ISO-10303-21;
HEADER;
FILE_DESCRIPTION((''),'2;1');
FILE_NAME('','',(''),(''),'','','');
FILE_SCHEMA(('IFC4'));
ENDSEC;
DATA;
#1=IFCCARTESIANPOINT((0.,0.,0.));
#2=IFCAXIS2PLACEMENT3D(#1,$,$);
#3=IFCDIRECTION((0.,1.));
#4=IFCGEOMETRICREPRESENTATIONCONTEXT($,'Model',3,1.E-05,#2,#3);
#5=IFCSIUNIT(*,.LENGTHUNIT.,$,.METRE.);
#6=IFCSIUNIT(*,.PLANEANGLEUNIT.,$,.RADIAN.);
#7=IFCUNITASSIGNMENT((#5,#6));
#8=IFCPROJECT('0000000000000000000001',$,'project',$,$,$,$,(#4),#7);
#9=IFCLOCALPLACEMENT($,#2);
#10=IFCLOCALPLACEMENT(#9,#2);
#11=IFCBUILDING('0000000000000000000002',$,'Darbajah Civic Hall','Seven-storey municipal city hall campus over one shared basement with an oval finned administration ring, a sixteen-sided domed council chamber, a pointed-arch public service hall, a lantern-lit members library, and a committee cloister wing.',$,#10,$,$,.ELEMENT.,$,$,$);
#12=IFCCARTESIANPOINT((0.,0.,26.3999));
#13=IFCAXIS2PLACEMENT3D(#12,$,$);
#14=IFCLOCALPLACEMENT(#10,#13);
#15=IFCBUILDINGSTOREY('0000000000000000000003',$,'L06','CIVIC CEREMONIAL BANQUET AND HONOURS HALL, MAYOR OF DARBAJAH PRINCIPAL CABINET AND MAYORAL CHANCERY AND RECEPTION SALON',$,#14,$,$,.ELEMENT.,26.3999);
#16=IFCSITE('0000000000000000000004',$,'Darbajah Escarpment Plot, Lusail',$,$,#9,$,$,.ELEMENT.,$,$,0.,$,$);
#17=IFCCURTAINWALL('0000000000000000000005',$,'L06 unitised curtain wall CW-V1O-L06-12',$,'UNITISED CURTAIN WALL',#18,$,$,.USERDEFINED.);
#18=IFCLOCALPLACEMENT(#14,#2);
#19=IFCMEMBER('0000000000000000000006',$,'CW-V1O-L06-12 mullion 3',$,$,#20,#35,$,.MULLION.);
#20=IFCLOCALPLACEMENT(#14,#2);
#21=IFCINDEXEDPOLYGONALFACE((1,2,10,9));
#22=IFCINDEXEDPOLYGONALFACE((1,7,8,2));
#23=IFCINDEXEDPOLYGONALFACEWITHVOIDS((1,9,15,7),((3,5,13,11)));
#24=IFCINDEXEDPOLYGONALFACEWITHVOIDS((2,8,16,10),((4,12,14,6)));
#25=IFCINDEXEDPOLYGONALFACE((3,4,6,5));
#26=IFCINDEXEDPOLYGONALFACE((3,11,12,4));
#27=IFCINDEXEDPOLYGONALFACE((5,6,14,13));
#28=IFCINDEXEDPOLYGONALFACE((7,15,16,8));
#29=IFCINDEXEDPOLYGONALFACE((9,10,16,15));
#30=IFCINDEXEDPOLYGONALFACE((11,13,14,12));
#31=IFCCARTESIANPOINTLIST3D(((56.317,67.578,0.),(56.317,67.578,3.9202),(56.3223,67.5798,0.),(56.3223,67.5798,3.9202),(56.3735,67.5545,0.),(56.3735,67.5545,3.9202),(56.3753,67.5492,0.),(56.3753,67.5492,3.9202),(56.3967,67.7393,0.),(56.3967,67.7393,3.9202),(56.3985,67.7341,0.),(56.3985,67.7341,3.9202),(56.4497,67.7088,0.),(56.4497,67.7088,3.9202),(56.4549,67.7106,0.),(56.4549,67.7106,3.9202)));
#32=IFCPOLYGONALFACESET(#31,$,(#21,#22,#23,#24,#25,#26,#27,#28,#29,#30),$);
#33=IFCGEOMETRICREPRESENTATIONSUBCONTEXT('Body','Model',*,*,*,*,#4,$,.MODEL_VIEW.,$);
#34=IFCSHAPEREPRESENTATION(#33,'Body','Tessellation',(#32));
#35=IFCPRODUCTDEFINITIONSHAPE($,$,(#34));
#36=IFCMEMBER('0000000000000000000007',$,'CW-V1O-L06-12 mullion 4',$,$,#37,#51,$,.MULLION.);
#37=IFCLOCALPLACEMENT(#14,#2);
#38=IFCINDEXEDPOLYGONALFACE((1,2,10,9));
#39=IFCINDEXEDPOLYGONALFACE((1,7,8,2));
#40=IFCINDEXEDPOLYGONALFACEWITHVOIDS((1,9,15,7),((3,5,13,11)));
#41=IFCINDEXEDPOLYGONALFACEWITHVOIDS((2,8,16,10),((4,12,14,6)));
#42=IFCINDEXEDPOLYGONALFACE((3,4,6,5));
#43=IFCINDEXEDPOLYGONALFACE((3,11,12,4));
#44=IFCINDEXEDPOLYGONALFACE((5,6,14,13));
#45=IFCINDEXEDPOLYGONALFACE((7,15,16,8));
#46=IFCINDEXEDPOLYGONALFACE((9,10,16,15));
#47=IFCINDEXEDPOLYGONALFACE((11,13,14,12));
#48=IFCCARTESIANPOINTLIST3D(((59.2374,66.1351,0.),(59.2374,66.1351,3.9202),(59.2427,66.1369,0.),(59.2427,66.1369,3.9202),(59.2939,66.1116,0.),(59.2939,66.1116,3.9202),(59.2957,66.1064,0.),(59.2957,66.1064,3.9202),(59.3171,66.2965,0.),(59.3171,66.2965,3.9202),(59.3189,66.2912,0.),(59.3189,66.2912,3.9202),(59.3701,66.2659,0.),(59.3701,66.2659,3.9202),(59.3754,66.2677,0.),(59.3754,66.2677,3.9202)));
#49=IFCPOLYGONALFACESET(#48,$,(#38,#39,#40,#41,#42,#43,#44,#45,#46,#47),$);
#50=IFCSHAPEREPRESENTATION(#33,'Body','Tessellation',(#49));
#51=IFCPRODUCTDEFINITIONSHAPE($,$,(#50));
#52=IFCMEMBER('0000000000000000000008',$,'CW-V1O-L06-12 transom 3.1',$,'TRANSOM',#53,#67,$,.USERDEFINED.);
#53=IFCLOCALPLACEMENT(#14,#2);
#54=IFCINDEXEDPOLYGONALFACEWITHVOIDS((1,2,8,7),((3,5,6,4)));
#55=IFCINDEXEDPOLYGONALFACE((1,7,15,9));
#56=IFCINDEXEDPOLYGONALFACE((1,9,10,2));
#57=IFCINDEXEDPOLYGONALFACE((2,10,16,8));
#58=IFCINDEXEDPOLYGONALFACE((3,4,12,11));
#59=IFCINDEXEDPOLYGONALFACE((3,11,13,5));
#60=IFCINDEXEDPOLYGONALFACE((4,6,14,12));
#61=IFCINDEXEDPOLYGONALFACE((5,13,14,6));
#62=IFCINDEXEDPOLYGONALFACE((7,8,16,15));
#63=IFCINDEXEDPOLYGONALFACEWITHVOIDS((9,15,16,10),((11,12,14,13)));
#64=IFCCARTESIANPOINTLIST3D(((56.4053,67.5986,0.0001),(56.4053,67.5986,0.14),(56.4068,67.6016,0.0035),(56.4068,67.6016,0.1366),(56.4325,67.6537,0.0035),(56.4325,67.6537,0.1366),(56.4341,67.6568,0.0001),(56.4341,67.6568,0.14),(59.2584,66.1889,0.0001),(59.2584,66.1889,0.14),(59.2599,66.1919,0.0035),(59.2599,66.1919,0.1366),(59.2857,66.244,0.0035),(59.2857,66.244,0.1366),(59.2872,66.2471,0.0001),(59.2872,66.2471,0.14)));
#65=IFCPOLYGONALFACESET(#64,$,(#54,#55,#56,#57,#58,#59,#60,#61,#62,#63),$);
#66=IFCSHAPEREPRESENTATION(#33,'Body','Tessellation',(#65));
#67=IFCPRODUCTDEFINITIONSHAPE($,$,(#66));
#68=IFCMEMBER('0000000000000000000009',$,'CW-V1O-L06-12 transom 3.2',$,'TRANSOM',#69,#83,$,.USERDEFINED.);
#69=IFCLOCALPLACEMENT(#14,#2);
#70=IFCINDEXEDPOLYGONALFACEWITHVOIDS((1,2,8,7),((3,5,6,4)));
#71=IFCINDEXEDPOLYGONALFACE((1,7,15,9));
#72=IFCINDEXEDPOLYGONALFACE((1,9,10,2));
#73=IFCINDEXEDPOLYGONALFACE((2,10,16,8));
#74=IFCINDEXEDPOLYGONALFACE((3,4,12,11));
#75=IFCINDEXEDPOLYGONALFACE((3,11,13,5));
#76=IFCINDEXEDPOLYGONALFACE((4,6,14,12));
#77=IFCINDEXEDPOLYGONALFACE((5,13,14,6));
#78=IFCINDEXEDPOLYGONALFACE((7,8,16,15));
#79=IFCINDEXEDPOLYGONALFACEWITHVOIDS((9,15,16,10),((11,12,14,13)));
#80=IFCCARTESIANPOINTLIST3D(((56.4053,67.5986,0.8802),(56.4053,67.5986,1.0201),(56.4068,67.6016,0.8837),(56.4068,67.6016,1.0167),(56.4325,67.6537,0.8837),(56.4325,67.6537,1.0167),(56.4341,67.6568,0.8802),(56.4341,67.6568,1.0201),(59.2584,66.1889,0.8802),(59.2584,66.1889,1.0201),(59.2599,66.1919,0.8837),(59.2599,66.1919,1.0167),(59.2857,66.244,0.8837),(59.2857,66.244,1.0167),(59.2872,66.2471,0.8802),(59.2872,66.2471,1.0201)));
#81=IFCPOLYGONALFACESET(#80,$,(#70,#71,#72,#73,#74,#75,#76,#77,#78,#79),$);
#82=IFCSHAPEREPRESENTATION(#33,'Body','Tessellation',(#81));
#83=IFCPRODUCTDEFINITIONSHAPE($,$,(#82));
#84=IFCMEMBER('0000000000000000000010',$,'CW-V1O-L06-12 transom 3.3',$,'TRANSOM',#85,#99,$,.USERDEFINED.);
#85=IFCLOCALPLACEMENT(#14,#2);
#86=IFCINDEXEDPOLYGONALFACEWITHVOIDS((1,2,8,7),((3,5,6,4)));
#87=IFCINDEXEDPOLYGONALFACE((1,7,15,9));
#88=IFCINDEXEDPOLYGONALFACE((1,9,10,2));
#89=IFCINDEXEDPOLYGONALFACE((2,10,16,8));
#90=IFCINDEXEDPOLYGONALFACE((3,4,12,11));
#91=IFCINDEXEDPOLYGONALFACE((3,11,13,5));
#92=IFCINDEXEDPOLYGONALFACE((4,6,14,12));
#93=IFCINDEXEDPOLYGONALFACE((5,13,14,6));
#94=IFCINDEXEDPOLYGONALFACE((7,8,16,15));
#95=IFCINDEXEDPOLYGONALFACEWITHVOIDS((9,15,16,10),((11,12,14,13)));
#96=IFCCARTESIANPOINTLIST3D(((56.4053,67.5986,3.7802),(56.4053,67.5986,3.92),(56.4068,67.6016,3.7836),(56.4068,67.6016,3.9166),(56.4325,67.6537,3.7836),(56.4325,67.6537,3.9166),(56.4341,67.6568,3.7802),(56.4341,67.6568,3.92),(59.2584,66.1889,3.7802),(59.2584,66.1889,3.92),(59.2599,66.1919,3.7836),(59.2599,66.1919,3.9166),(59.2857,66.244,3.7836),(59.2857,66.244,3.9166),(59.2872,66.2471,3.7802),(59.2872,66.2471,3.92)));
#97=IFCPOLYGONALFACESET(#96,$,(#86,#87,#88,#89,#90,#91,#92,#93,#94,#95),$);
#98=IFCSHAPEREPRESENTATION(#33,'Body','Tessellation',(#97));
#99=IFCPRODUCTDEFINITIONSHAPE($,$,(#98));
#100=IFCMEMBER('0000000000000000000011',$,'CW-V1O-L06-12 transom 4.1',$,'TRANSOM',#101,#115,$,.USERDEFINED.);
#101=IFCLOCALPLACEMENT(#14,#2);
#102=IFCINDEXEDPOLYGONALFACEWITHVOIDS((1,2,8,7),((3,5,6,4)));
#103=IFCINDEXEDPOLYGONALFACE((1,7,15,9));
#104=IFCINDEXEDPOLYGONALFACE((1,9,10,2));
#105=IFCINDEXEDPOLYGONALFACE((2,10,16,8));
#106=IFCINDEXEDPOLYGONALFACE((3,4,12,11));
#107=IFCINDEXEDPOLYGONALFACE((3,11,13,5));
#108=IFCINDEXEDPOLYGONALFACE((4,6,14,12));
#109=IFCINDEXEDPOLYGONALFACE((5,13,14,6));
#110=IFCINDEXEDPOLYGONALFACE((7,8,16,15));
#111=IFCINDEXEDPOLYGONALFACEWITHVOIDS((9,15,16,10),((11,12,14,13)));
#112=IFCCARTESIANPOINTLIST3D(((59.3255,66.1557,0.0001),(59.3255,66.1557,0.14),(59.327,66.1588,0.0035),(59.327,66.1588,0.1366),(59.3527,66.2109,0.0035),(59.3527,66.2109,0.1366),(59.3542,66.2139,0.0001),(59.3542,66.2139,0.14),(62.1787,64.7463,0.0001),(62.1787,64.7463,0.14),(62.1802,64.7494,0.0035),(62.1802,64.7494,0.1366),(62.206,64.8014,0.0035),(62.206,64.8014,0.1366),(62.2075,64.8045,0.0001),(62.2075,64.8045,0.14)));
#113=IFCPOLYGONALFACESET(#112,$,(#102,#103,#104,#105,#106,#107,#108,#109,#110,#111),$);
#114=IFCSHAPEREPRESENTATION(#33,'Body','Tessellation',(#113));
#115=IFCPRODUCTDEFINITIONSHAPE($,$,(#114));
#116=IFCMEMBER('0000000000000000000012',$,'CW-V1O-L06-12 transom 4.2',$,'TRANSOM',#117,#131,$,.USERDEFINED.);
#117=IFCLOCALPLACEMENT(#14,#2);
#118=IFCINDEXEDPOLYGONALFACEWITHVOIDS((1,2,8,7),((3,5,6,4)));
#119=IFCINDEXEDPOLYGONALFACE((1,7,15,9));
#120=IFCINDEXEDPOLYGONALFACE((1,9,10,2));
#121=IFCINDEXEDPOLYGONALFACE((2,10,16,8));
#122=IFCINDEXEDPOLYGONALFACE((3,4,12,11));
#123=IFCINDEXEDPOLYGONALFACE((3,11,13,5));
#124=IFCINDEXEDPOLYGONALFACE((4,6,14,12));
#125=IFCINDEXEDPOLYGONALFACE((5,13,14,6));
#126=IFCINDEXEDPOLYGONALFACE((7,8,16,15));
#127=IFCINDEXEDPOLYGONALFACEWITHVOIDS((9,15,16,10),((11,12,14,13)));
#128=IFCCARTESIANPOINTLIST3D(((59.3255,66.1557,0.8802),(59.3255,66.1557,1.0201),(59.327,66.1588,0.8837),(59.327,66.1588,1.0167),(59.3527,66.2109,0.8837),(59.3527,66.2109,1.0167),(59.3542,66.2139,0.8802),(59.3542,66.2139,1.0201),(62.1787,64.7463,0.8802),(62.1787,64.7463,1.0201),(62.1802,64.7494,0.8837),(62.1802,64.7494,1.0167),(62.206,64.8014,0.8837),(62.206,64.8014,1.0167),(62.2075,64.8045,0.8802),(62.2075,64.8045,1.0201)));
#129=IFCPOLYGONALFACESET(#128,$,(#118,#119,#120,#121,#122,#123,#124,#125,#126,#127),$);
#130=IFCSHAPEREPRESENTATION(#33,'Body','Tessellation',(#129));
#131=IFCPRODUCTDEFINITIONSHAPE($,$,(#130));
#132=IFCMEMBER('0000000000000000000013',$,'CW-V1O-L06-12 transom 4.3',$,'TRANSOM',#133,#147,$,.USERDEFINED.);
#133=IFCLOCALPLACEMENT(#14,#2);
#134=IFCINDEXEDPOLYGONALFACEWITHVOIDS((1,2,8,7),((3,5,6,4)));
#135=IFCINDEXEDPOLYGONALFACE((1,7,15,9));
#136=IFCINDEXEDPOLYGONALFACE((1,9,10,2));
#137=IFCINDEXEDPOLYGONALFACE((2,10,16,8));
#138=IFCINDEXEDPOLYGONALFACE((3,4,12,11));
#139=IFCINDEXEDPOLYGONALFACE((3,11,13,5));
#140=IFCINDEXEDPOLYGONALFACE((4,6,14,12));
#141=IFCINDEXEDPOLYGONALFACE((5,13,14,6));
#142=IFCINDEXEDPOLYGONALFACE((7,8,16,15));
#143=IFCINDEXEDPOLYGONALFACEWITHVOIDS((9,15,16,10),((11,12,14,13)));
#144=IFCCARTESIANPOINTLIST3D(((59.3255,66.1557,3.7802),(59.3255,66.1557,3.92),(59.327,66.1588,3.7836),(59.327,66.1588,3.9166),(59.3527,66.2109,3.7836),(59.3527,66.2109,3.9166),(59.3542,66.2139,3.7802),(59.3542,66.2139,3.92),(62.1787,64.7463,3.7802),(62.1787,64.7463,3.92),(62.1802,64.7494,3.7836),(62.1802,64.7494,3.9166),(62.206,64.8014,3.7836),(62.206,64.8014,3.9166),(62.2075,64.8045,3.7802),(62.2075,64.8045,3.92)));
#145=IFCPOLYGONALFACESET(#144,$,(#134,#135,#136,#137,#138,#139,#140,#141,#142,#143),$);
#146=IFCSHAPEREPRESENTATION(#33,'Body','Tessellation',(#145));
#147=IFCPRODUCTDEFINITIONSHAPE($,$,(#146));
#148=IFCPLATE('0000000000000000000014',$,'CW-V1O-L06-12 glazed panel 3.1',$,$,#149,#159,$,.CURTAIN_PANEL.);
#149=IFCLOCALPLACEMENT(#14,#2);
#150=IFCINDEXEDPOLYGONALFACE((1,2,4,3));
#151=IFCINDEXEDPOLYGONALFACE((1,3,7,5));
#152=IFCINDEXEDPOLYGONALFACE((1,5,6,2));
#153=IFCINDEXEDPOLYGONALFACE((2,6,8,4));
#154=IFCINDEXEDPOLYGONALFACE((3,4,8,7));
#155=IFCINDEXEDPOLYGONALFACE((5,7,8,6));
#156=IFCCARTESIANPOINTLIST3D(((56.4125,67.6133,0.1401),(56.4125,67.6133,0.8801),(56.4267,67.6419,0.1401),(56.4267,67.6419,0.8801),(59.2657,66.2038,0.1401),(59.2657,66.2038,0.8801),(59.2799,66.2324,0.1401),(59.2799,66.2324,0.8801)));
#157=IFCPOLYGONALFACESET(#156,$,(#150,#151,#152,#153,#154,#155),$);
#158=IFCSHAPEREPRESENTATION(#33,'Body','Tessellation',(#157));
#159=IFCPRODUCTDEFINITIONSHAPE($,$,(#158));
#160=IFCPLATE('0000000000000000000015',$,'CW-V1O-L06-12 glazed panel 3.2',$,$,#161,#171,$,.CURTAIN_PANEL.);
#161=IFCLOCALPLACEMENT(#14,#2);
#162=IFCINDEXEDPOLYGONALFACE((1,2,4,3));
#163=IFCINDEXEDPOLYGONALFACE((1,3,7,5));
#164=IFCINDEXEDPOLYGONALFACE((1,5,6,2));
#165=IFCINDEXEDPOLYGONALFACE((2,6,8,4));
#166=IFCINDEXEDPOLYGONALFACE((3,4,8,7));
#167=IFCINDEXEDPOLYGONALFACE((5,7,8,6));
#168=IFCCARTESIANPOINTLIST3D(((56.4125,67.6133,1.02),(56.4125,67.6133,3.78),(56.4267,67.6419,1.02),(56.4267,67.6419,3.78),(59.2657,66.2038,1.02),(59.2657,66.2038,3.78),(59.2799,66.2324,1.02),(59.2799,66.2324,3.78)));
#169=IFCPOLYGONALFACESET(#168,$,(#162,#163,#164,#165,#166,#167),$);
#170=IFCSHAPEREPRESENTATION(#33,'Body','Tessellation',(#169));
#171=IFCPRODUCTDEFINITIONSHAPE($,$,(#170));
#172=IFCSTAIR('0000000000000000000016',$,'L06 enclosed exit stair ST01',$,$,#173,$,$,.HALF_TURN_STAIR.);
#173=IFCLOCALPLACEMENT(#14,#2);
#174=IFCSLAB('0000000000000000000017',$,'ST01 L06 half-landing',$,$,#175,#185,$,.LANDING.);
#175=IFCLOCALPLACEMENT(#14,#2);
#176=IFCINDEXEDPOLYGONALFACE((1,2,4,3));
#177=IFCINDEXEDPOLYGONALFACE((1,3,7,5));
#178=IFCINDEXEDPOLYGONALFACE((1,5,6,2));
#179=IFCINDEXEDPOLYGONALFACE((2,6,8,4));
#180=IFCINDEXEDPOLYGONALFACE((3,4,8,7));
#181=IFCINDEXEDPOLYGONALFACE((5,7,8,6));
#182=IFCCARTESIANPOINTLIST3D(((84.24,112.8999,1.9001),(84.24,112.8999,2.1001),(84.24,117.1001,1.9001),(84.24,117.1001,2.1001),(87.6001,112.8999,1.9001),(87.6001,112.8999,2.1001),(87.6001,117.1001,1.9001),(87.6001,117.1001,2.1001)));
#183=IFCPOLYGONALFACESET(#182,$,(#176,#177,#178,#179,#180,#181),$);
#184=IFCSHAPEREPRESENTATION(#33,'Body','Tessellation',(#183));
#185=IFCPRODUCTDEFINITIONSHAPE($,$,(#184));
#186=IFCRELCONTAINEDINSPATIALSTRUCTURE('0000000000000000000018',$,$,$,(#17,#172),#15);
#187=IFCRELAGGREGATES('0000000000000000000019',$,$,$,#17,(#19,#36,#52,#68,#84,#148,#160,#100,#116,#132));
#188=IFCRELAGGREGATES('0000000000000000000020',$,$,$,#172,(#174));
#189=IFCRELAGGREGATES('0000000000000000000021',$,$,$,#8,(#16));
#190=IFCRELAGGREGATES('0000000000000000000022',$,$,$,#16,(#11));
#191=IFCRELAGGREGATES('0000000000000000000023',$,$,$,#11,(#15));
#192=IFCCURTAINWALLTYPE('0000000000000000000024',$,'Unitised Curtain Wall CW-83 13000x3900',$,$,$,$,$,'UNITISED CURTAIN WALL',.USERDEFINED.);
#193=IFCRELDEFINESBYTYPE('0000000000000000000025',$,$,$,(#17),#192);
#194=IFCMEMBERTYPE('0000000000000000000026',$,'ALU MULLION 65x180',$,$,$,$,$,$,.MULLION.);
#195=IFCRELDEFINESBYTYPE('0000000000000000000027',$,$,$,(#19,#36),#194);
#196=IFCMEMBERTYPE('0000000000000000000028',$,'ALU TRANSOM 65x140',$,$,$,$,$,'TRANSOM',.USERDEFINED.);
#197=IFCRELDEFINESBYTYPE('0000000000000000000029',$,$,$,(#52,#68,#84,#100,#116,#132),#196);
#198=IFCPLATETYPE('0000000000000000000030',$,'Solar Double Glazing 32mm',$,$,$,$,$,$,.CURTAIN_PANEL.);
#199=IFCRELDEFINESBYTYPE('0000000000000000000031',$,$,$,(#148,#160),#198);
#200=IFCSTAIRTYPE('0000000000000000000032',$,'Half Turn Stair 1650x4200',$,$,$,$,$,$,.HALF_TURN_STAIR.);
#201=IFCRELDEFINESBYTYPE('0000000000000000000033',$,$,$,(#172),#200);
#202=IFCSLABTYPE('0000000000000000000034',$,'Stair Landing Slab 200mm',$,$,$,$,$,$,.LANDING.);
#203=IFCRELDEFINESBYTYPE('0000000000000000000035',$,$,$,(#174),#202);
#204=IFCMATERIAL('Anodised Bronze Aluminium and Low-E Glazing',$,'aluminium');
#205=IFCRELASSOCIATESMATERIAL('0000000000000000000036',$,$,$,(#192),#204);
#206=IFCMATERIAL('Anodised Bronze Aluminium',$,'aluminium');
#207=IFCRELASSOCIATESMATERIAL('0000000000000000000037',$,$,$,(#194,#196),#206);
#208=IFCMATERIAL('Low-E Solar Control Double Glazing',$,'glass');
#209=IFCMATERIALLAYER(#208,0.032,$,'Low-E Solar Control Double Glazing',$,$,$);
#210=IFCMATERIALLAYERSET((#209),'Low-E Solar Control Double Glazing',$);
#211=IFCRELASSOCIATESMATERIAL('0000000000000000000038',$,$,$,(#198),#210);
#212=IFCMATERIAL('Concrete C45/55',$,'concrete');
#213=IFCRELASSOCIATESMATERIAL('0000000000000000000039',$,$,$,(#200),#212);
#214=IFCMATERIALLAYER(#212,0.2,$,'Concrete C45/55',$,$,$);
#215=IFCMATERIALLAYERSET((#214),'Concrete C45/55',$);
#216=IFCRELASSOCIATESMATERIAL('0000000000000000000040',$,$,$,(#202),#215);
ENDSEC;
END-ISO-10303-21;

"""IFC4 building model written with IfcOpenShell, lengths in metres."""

from ifc_helpers import new_model, si_unit, direction, frame, origin, origin_2d, place, context, subcontext, project, spatial, polyline, rectangle, hollow_rectangle, outline, extrude, material, layer, layer_set, material_profile, profile_set, type_object, element, aggregate, save


model = new_model("IFC4")

# Units and contexts
model_context = context("Model", 3, precision=1e-05, world=origin(), true_north=direction((0.0, 1.0)))
body_context = subcontext(model_context, "Body", "Model", "MODEL_VIEW")
ifc_project = project(units=[si_unit("LENGTHUNIT", "METRE"), si_unit("PLANEANGLEUNIT", "RADIAN")], contexts=[model_context])

# Site, building, storey
site_placement = place(None, origin())
site = spatial("IfcSite", under=ifc_project, at=site_placement, Name="Darbajah Escarpment Plot, Lusail", CompositionType="ELEMENT", RefElevation=0.0)
building_placement = place(site_placement, origin())
building = spatial("IfcBuilding", under=site, at=building_placement, Name="Darbajah Civic Hall", Description="Seven-storey municipal city hall campus over one shared basement with an oval finned administration ring, a sixteen-sided domed council chamber, a pointed-arch public service hall, a lantern-lit members library, and a committee cloister wing.", CompositionType="ELEMENT")
storey_placement = place(building_placement, frame((0.0, 0.0, 26.3999)))
storey = spatial("IfcBuildingStorey", under=building, at=storey_placement, Name="L06", Description="CIVIC CEREMONIAL BANQUET AND HONOURS HALL, MAYOR OF DARBAJAH PRINCIPAL CABINET AND MAYORAL CHANCERY AND RECEPTION SALON", CompositionType="ELEMENT", Elevation=26.3999)

# Curtain wall, members, plates
ifc_material_1 = material(Name="Anodised Bronze Aluminium and Low-E Glazing", Category="aluminium")
curtain_wall_type = type_object("IfcCurtainWallType", Name="Unitised Curtain Wall CW-83 13000x3900", ElementType="UNITISED CURTAIN WALL", PredefinedType="USERDEFINED", material=ifc_material_1)
curtain_wall_placement = place(storey_placement, origin())
curtain_wall = element("IfcCurtainWall", 1, at=curtain_wall_placement, inside=storey, type_object=curtain_wall_type, Name="L06 unitised curtain wall CW-V1O-L06-12", ObjectType="UNITISED CURTAIN WALL", PredefinedType="USERDEFINED")
ifc_material_2 = material(Name="Anodised Bronze Aluminium", Category="aluminium")
ifc_material_profile_1 = material_profile(ifc_material_2, hollow_rectangle(XDim=0.0649, YDim=0.1799, WallThickness=0.0039, at=origin_2d()), Name="ALU MULLION 65x180")
ifc_profile_set_1 = profile_set([ifc_material_profile_1], Name="Anodised Bronze Aluminium")
member_type_1 = type_object("IfcMemberType", Name="ALU MULLION 65x180", PredefinedType="MULLION", material=ifc_profile_set_1)
member_1_placement = place(storey_placement, frame((56.386, 67.6443, 0.0), z_axis=(0.0, 0.0, 1.0), x_axis=(0.896564, -0.442915, 0.0)))
member_1 = element("IfcMember", 2, at=member_1_placement, type_object=member_type_1, Name="CW-V1O-L06-12 mullion 3", PredefinedType="MULLION", context=body_context, shape_type="SweptSolid", body=[
    extrude(hollow_rectangle(XDim=0.0649, YDim=0.1799, WallThickness=0.0039, at=origin_2d()), origin(), (0.0, 0.0, 1.0), 3.9202),
])
member_2_placement = place(storey_placement, frame((59.3064, 66.2014, 0.0), z_axis=(0.0, 0.0, 1.0), x_axis=(0.896564, -0.442915, 0.0)))
member_2 = element("IfcMember", 3, at=member_2_placement, type_object=member_type_1, Name="CW-V1O-L06-12 mullion 4", PredefinedType="MULLION", context=body_context, shape_type="SweptSolid", body=[
    extrude(hollow_rectangle(XDim=0.0649, YDim=0.1799, WallThickness=0.0039, at=origin_2d()), origin(), (0.0, 0.0, 1.0), 3.9202),
])
ifc_material_profile_2 = material_profile(ifc_material_2, hollow_rectangle(XDim=0.0649, YDim=0.1399, WallThickness=0.0034, at=origin_2d()), Name="ALU TRANSOM 65x140")
ifc_profile_set_2 = profile_set([ifc_material_profile_2], Name="Anodised Bronze Aluminium")
member_type_2 = type_object("IfcMemberType", Name="ALU TRANSOM 65x140", ElementType="TRANSOM", PredefinedType="USERDEFINED", material=ifc_profile_set_2)
member_3_placement = place(storey_placement, frame((56.4197, 67.6277, 0.0701), z_axis=(0.896535, -0.442974, 0.0), x_axis=(0.442974, 0.896535, 0.0)))
member_3 = element("IfcMember", 4, at=member_3_placement, type_object=member_type_2, Name="CW-V1O-L06-12 transom 3.1", ObjectType="TRANSOM", PredefinedType="USERDEFINED", context=body_context, shape_type="SweptSolid", body=[
    extrude(hollow_rectangle(XDim=0.0649, YDim=0.1399, WallThickness=0.0034, at=origin_2d()), origin(), (0.0, 0.0, 1.0), 3.1824),
])
member_4_placement = place(storey_placement, frame((56.4197, 67.6277, 0.9502), z_axis=(0.896535, -0.442974, 0.0), x_axis=(0.442974, 0.896535, 0.0)))
member_4 = element("IfcMember", 5, at=member_4_placement, type_object=member_type_2, Name="CW-V1O-L06-12 transom 3.2", ObjectType="TRANSOM", PredefinedType="USERDEFINED", context=body_context, shape_type="SweptSolid", body=[
    extrude(hollow_rectangle(XDim=0.0649, YDim=0.1399, WallThickness=0.0034, at=origin_2d()), origin(), (0.0, 0.0, 1.0), 3.1824),
])
member_5_placement = place(storey_placement, frame((56.4197, 67.6277, 3.8501), z_axis=(0.896535, -0.442974, 0.0), x_axis=(0.442974, 0.896535, 0.0)))
member_5 = element("IfcMember", 6, at=member_5_placement, type_object=member_type_2, Name="CW-V1O-L06-12 transom 3.3", ObjectType="TRANSOM", PredefinedType="USERDEFINED", context=body_context, shape_type="SweptSolid", body=[
    extrude(hollow_rectangle(XDim=0.0649, YDim=0.1399, WallThickness=0.0034, at=origin_2d()), origin(), (0.0, 0.0, 1.0), 3.1824),
])
member_6_placement = place(storey_placement, frame((59.3398, 66.1848, 0.0701), z_axis=(0.89658, -0.442882, 0.0), x_axis=(0.442882, 0.89658, 0.0)))
member_6 = element("IfcMember", 7, at=member_6_placement, type_object=member_type_2, Name="CW-V1O-L06-12 transom 4.1", ObjectType="TRANSOM", PredefinedType="USERDEFINED", context=body_context, shape_type="SweptSolid", body=[
    extrude(hollow_rectangle(XDim=0.0649, YDim=0.1399, WallThickness=0.0034, at=origin_2d()), origin(), (0.0, 0.0, 1.0), 3.1824),
])
member_7_placement = place(storey_placement, frame((59.3398, 66.1848, 0.9502), z_axis=(0.89658, -0.442882, 0.0), x_axis=(0.442882, 0.89658, 0.0)))
member_7 = element("IfcMember", 8, at=member_7_placement, type_object=member_type_2, Name="CW-V1O-L06-12 transom 4.2", ObjectType="TRANSOM", PredefinedType="USERDEFINED", context=body_context, shape_type="SweptSolid", body=[
    extrude(hollow_rectangle(XDim=0.0649, YDim=0.1399, WallThickness=0.0034, at=origin_2d()), origin(), (0.0, 0.0, 1.0), 3.1824),
])
member_8_placement = place(storey_placement, frame((59.3398, 66.1848, 3.8501), z_axis=(0.89658, -0.442882, 0.0), x_axis=(0.442882, 0.89658, 0.0)))
member_8 = element("IfcMember", 9, at=member_8_placement, type_object=member_type_2, Name="CW-V1O-L06-12 transom 4.3", ObjectType="TRANSOM", PredefinedType="USERDEFINED", context=body_context, shape_type="SweptSolid", body=[
    extrude(hollow_rectangle(XDim=0.0649, YDim=0.1399, WallThickness=0.0034, at=origin_2d()), origin(), (0.0, 0.0, 1.0), 3.1824),
])
ifc_material_3 = material(Name="Low-E Solar Control Double Glazing", Category="glass")
ifc_layer_1 = layer(ifc_material_3, 0.032, Name="Low-E Solar Control Double Glazing")
ifc_layer_set_1 = layer_set([ifc_layer_1], Name="Low-E Solar Control Double Glazing")
plate_type = type_object("IfcPlateType", Name="Solar Double Glazing 32mm", PredefinedType="CURTAIN_PANEL", material=ifc_layer_set_1)
plate_1_placement = place(storey_placement, frame((57.8462, 66.9229, 0.1401), z_axis=(0.0, 0.0, 1.0), x_axis=(0.896564, -0.442915, 0.0)))
plate_1 = element("IfcPlate", 10, at=plate_1_placement, type_object=plate_type, Name="CW-V1O-L06-12 glazed panel 3.1", PredefinedType="CURTAIN_PANEL", context=body_context, shape_type="SweptSolid", body=[
    extrude(rectangle(XDim=3.1824, YDim=0.032, at=origin_2d()), origin(), (0.0, 0.0, 1.0), 0.74),
])
plate_2_placement = place(storey_placement, frame((57.8462, 66.9229, 1.02), z_axis=(0.0, 0.0, 1.0), x_axis=(0.896564, -0.442915, 0.0)))
plate_2 = element("IfcPlate", 11, at=plate_2_placement, type_object=plate_type, Name="CW-V1O-L06-12 glazed panel 3.2", PredefinedType="CURTAIN_PANEL", context=body_context, shape_type="SweptSolid", body=[
    extrude(rectangle(XDim=3.1824, YDim=0.032, at=origin_2d()), origin(), (0.0, 0.0, 1.0), 2.76),
])
aggregate(curtain_wall, [member_1, member_2, member_3, member_4, member_5, plate_1, plate_2, member_6, member_7, member_8])

# Stair, slab
ifc_material_4 = material(Name="Concrete C45/55", Category="concrete")
stair_type = type_object("IfcStairType", Name="Half Turn Stair 1650x4200", PredefinedType="HALF_TURN_STAIR", material=ifc_material_4)
stair_1_placement = place(storey_placement, origin())
stair_1 = element("IfcStair", 12, at=stair_1_placement, inside=storey, type_object=stair_type, Name="L06 enclosed exit stair ST01", PredefinedType="HALF_TURN_STAIR")
ifc_layer_2 = layer(ifc_material_4, 0.2, Name="Concrete C45/55")
ifc_layer_set_2 = layer_set([ifc_layer_2], Name="Concrete C45/55")
slab_type_1 = type_object("IfcSlabType", Name="Stair Landing Slab 200mm", PredefinedType="LANDING", material=ifc_layer_set_2)
slab_1_placement = place(storey_placement, frame((0.0, 0.0, 1.9001)))
slab_1 = element("IfcSlab", 13, at=slab_1_placement, type_object=slab_type_1, Name="ST01 L06 half-landing", PredefinedType="LANDING", context=body_context, shape_type="SweptSolid", body=[
    extrude(outline(polyline([(84.24, 112.8999), (87.6001, 112.8999), (87.6001, 117.1001), (84.24, 117.1001), (84.24, 112.8999)])), origin(), (0.0, 0.0, 1.0), 0.2),
])
aggregate(stair_1, [slab_1])

save(model, "model.ifc")
